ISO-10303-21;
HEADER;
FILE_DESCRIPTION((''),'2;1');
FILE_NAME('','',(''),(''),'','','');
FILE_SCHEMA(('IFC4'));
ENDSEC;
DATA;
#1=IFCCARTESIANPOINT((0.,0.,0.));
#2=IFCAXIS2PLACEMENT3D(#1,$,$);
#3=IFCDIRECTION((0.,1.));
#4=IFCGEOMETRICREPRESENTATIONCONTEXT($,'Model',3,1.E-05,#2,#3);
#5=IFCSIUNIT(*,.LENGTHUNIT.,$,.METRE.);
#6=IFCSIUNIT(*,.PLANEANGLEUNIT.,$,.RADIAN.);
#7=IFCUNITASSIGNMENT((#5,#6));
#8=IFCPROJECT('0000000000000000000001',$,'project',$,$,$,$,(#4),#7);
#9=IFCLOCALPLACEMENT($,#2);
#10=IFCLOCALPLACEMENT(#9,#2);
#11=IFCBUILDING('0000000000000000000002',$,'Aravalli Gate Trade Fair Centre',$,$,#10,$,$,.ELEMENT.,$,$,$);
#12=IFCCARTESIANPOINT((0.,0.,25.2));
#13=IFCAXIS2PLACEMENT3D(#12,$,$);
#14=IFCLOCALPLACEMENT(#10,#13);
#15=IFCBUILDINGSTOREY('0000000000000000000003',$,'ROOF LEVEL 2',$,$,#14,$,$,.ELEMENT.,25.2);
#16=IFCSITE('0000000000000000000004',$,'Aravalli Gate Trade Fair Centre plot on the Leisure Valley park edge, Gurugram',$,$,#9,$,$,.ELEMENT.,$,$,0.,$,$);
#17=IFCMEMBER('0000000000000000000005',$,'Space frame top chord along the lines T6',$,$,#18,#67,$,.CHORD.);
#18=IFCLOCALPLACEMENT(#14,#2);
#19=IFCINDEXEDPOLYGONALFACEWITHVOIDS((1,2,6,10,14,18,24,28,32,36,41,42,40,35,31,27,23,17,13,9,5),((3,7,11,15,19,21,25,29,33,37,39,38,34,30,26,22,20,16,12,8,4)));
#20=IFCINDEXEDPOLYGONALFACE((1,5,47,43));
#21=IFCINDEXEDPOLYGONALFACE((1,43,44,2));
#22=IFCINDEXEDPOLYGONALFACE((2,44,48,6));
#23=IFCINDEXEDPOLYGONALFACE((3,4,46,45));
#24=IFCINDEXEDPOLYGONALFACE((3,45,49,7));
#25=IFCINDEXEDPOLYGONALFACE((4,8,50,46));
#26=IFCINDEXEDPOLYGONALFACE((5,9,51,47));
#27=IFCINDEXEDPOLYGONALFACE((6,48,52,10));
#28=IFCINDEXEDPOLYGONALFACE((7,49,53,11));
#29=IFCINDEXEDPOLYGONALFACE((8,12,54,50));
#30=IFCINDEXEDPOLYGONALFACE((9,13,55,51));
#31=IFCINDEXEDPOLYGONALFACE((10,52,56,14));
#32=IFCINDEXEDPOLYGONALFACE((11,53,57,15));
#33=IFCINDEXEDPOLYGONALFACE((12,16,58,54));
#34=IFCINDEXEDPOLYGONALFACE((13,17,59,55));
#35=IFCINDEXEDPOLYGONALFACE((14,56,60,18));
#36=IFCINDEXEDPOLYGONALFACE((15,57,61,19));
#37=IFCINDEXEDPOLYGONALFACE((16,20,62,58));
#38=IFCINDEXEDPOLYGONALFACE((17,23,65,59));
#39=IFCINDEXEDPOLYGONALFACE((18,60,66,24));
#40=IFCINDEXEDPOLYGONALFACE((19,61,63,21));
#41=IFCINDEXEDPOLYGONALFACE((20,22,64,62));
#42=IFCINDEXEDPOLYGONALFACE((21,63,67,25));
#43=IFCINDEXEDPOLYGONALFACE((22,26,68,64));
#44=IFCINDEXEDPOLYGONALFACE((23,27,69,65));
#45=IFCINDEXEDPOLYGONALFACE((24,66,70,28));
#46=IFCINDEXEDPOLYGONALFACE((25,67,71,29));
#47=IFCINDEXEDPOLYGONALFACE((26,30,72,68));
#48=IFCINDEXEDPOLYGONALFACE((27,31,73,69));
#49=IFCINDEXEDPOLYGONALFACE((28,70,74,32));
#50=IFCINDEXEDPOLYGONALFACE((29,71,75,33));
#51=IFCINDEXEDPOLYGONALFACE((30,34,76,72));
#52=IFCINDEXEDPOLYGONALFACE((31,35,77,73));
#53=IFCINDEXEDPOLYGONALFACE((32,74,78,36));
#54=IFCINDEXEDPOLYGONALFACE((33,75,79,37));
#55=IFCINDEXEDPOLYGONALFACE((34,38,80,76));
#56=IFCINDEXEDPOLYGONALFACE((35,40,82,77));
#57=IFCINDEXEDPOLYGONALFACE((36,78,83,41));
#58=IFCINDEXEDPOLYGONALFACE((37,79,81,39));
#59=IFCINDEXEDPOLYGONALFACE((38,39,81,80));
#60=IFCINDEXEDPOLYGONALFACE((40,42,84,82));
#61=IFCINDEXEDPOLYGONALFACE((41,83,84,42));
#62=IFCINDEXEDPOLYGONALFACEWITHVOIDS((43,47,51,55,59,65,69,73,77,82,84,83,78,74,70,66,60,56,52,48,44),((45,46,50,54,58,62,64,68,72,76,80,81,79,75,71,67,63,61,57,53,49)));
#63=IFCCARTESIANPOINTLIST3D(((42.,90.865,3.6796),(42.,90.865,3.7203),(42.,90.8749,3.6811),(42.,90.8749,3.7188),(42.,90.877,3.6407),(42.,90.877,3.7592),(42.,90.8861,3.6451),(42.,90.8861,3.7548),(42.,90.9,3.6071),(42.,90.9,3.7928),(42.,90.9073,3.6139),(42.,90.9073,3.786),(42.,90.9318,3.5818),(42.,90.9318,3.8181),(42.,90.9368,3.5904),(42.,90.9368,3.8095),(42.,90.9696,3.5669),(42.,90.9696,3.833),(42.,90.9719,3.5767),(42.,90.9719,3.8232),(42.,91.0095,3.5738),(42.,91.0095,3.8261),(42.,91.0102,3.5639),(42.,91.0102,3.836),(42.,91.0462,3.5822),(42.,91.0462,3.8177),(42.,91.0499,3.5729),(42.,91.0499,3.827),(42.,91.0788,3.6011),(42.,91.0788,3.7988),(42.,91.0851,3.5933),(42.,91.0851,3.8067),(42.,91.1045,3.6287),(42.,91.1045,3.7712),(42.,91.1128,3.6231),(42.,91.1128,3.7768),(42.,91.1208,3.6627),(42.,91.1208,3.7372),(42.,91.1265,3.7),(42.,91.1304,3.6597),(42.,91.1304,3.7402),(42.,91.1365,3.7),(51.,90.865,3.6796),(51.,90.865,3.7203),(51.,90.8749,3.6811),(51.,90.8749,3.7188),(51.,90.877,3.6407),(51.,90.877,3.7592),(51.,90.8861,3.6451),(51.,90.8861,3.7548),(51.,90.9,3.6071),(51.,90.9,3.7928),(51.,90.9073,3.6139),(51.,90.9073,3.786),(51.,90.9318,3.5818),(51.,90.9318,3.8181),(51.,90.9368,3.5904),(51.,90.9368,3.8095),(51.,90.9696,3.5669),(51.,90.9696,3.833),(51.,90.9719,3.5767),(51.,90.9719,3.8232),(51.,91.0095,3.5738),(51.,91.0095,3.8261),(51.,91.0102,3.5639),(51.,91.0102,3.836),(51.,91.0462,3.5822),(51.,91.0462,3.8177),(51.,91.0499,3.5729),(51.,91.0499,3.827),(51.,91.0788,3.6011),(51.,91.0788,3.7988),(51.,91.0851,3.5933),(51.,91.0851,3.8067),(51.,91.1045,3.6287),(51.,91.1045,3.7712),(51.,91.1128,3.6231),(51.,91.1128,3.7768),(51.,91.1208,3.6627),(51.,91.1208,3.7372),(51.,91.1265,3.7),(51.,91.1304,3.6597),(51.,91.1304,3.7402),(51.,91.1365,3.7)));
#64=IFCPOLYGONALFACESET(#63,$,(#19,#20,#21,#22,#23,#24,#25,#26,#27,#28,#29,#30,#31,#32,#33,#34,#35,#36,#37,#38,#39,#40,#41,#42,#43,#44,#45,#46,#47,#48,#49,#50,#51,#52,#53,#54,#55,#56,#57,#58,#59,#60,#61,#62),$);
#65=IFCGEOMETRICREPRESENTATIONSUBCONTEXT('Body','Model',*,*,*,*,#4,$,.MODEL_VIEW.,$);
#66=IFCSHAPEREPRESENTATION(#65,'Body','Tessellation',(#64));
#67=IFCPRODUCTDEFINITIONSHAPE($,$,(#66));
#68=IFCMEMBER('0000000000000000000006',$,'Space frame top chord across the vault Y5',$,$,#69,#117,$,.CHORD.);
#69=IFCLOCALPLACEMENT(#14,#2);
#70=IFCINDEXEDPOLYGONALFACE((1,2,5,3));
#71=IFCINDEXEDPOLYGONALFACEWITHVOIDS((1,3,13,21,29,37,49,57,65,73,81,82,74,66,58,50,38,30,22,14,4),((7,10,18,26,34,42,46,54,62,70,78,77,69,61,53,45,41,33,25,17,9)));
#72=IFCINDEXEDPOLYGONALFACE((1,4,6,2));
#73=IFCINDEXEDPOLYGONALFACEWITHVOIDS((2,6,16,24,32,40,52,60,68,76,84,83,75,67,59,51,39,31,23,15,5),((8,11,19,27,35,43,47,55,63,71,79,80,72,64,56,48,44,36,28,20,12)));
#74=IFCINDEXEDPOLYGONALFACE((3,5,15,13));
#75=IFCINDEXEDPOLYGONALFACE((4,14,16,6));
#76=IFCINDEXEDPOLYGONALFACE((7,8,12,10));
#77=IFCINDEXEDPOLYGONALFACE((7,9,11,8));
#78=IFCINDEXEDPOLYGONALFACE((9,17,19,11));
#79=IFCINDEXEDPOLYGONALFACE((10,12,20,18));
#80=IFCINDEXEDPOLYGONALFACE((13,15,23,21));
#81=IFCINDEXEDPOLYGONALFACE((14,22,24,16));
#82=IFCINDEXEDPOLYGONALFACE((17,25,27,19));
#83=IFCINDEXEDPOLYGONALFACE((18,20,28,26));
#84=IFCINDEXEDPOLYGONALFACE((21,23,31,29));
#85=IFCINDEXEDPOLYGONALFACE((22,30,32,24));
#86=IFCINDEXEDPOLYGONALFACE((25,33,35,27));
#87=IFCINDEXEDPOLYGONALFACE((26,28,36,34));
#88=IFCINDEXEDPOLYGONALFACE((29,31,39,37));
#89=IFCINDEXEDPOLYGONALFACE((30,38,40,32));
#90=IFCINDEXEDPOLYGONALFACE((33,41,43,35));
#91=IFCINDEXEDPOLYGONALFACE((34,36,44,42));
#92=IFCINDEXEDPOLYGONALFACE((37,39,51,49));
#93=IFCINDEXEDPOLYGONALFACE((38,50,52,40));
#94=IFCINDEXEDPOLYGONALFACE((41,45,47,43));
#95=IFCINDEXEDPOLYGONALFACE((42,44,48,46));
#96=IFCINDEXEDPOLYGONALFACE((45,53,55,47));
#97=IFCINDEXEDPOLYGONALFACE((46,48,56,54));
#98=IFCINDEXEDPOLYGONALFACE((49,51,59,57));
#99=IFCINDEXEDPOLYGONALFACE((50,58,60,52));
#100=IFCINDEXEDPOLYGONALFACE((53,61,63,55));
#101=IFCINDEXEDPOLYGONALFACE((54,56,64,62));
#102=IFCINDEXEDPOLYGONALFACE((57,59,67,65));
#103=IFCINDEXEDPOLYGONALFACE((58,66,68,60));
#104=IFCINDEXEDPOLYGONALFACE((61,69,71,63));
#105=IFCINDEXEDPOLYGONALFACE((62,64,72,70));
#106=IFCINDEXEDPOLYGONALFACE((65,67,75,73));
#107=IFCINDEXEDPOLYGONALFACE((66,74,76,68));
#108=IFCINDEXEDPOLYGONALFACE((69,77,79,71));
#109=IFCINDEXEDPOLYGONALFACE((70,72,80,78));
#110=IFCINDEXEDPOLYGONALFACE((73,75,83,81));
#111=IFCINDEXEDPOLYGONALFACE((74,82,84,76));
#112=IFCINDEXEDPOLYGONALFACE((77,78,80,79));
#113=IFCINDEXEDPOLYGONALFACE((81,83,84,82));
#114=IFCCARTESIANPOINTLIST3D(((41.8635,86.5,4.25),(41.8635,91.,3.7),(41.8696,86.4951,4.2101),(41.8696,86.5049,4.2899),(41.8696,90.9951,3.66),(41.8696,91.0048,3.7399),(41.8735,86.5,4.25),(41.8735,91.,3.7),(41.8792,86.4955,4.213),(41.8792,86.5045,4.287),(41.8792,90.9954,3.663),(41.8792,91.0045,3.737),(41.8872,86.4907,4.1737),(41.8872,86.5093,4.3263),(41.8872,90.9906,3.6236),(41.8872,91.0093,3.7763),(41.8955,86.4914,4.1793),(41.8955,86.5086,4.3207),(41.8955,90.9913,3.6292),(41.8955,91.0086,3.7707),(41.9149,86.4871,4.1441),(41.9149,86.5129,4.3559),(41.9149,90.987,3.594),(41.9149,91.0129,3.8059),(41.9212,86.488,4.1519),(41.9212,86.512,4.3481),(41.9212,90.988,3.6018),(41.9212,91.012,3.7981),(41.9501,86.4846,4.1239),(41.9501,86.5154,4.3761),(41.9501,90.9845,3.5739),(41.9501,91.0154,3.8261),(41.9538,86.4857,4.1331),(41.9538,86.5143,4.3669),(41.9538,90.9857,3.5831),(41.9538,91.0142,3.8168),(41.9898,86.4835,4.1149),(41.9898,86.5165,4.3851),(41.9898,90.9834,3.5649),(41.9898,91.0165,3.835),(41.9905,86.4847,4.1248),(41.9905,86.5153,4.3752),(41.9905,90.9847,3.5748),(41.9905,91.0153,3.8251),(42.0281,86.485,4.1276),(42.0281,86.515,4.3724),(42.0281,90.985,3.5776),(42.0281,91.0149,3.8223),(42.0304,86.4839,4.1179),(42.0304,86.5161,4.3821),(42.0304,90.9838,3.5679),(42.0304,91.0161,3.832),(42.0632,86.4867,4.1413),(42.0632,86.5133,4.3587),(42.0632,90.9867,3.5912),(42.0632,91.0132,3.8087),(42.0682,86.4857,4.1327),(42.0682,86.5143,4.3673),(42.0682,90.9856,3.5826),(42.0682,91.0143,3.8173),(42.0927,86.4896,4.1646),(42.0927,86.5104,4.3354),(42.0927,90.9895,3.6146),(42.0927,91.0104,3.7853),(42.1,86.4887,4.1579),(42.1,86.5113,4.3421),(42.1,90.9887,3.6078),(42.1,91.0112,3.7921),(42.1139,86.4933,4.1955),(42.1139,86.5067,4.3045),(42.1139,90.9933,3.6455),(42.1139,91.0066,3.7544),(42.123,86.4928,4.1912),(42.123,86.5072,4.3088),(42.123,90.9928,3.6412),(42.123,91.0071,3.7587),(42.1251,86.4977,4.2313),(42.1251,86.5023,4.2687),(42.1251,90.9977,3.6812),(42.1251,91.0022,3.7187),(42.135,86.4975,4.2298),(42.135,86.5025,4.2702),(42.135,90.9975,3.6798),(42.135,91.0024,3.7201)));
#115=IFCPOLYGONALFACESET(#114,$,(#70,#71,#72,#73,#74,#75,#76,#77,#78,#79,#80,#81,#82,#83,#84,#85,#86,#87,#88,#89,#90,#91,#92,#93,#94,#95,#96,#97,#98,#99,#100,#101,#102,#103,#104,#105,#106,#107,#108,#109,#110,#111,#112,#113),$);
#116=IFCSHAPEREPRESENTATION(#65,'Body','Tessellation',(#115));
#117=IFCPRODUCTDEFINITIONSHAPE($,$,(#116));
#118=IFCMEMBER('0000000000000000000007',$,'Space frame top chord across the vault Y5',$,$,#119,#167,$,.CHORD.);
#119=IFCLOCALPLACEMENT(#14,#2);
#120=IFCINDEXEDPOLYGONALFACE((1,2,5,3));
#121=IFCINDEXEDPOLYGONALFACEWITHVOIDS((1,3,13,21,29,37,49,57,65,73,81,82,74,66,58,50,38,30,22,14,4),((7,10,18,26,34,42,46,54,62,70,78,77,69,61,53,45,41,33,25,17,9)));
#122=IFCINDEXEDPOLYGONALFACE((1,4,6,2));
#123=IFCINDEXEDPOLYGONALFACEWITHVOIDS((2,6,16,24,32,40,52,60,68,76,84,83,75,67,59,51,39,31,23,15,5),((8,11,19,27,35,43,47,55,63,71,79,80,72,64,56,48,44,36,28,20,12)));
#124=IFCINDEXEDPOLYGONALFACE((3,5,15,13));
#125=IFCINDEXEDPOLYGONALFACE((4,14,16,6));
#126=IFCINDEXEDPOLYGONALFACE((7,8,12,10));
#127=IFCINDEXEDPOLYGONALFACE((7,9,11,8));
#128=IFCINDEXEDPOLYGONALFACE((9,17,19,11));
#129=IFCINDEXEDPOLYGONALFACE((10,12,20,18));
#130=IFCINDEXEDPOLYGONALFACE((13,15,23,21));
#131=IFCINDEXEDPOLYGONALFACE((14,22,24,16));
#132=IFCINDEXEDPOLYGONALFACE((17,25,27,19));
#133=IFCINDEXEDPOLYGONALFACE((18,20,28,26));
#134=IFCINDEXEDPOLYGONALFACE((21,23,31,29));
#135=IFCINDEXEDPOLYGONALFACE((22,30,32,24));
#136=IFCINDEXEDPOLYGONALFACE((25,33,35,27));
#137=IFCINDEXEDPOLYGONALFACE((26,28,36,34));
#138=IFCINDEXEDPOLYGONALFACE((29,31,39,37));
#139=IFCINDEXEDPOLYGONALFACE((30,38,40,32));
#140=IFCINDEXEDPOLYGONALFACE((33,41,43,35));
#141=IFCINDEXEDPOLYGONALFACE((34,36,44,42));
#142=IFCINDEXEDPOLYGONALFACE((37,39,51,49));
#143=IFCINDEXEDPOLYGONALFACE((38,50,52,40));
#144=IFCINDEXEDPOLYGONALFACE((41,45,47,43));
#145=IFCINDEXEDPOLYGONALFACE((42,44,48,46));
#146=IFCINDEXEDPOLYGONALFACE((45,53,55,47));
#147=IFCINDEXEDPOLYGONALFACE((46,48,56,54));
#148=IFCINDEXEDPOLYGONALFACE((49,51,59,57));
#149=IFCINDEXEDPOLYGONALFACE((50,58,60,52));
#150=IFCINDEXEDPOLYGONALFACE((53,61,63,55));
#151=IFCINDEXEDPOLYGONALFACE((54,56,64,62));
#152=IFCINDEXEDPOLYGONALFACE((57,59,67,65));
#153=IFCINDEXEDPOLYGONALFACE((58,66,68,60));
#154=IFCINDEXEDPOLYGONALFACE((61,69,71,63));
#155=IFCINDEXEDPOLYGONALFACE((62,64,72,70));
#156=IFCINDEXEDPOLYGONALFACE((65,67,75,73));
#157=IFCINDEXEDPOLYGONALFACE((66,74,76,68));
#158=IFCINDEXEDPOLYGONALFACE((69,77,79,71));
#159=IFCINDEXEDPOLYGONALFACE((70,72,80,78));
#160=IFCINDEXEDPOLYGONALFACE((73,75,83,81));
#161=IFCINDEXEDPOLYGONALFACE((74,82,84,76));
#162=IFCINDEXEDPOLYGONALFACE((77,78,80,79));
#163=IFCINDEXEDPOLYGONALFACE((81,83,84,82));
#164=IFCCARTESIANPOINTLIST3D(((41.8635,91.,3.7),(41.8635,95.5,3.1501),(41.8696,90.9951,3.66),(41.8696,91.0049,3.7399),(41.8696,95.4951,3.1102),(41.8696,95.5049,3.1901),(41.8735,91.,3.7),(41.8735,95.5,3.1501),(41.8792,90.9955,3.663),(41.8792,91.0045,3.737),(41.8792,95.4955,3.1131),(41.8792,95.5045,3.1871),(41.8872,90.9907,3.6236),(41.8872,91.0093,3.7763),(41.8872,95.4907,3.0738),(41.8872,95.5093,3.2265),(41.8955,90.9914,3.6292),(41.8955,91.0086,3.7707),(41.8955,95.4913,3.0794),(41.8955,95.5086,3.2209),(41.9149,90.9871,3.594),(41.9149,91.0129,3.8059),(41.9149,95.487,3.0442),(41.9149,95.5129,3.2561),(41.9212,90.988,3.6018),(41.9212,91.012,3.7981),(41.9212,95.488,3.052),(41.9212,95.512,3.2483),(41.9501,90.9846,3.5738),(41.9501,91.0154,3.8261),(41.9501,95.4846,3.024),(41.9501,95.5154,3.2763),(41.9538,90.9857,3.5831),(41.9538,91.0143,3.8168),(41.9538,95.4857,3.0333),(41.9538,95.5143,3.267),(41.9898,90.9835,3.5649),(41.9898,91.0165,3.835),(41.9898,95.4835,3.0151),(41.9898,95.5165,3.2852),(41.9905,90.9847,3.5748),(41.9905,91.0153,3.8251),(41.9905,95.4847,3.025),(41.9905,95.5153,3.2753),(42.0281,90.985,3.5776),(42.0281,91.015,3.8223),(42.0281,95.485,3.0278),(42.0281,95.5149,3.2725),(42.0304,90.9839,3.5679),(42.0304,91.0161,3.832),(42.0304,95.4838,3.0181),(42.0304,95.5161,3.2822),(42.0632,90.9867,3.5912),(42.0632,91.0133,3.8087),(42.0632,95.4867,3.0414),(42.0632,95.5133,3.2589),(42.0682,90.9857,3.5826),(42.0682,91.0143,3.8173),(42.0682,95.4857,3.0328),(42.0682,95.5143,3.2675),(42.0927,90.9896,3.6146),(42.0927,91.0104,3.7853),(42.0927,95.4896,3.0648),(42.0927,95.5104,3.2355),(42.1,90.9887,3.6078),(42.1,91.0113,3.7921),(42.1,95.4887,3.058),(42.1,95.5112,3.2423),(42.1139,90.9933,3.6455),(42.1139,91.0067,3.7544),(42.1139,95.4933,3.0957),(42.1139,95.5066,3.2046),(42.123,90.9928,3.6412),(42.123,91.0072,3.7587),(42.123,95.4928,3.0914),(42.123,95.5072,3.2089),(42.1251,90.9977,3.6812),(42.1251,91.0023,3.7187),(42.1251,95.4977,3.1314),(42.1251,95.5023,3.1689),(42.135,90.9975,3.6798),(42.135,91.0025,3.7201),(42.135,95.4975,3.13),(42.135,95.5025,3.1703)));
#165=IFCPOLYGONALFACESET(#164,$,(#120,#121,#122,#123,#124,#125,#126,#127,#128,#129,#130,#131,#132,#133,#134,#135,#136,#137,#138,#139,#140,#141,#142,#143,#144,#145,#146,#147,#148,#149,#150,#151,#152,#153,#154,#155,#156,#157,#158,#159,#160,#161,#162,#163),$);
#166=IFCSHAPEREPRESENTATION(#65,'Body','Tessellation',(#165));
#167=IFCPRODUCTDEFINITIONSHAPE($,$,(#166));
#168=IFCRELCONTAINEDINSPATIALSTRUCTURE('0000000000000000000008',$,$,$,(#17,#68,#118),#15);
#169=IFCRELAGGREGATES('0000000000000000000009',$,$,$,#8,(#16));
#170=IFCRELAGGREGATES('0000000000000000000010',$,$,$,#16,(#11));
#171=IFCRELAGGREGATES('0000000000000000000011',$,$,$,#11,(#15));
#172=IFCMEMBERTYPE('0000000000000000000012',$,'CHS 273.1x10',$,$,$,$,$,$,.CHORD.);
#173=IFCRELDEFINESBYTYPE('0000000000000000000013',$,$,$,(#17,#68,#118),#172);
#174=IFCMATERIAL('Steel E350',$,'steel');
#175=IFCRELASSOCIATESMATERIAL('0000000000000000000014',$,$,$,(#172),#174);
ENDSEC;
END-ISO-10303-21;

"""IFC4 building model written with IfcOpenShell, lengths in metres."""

from ifc_helpers import new_model, si_unit, direction, frame, origin, origin_2d, place, context, subcontext, project, spatial, hollow_circle, extrude, material, material_profile, profile_set, type_object, element, save


model = new_model("IFC4")

# Units and contexts
model_context = context("Model", 3, precision=1e-05, world=origin(), true_north=direction((0.0, 1.0)))
body_context = subcontext(model_context, "Body", "Model", "MODEL_VIEW")
ifc_project = project(units=[si_unit("LENGTHUNIT", "METRE"), si_unit("PLANEANGLEUNIT", "RADIAN")], contexts=[model_context])

# Site, building, storey
site_placement = place(None, origin())
site = spatial("IfcSite", under=ifc_project, at=site_placement, Name="Aravalli Gate Trade Fair Centre plot on the Leisure Valley park edge, Gurugram", CompositionType="ELEMENT", RefElevation=0.0)
building_placement = place(site_placement, origin())
building = spatial("IfcBuilding", under=site, at=building_placement, Name="Aravalli Gate Trade Fair Centre", CompositionType="ELEMENT")
storey_placement = place(building_placement, frame((0.0, 0.0, 25.2)))
storey = spatial("IfcBuildingStorey", under=building, at=storey_placement, Name="ROOF LEVEL 2", CompositionType="ELEMENT", Elevation=25.2)

# Members
ifc_material_1 = material(Name="Steel E350", Category="steel")
ifc_material_profile_1 = material_profile(ifc_material_1, hollow_circle(Radius=0.1365, WallThickness=0.01, at=origin_2d()), Name="CHS 273.1x10")
ifc_profile_set_1 = profile_set([ifc_material_profile_1], Name="Steel E350")
member_type_1 = type_object("IfcMemberType", Name="CHS 273.1x10", PredefinedType="CHORD", material=ifc_profile_set_1)
for number, where, z_axis, x_axis, name in (
    (1, (42.0, 91.0, 3.7), (1.0, 0.0, 0.0), (0.0, 1.0, 0.0), "Space frame top chord along the lines T6"),
):
    element("IfcMember", number, at=place(storey_placement, frame(where, z_axis=z_axis, x_axis=x_axis)), inside=storey, type_object=member_type_1, Name=name, PredefinedType="CHORD", context=body_context, shape_type="SweptSolid", body=[
        extrude(hollow_circle(Radius=0.1365, WallThickness=0.01, at=origin_2d()), origin(), (0.0, 0.0, 1.0), 9.0),
    ])
for number, where, z_axis, x_axis, name in (
    (2, (42.0, 86.5, 4.25), (0.0, 0.992612, -0.12133), (-1.0, 0.0, 0.0), "Space frame top chord across the vault Y5"),
    (3, (42.0, 91.0, 3.7), (0.0, 0.992619, -0.121277), (-1.0, 0.0, 0.0), "Space frame top chord across the vault Y5"),
):
    element("IfcMember", number, at=place(storey_placement, frame(where, z_axis=z_axis, x_axis=x_axis)), inside=storey, type_object=member_type_1, Name=name, PredefinedType="CHORD", context=body_context, shape_type="SweptSolid", body=[
        extrude(hollow_circle(Radius=0.1365, WallThickness=0.01, at=origin_2d()), origin(), (0.0, 0.0, 1.0), 4.5334),
    ])

save(model, "model.ifc")
